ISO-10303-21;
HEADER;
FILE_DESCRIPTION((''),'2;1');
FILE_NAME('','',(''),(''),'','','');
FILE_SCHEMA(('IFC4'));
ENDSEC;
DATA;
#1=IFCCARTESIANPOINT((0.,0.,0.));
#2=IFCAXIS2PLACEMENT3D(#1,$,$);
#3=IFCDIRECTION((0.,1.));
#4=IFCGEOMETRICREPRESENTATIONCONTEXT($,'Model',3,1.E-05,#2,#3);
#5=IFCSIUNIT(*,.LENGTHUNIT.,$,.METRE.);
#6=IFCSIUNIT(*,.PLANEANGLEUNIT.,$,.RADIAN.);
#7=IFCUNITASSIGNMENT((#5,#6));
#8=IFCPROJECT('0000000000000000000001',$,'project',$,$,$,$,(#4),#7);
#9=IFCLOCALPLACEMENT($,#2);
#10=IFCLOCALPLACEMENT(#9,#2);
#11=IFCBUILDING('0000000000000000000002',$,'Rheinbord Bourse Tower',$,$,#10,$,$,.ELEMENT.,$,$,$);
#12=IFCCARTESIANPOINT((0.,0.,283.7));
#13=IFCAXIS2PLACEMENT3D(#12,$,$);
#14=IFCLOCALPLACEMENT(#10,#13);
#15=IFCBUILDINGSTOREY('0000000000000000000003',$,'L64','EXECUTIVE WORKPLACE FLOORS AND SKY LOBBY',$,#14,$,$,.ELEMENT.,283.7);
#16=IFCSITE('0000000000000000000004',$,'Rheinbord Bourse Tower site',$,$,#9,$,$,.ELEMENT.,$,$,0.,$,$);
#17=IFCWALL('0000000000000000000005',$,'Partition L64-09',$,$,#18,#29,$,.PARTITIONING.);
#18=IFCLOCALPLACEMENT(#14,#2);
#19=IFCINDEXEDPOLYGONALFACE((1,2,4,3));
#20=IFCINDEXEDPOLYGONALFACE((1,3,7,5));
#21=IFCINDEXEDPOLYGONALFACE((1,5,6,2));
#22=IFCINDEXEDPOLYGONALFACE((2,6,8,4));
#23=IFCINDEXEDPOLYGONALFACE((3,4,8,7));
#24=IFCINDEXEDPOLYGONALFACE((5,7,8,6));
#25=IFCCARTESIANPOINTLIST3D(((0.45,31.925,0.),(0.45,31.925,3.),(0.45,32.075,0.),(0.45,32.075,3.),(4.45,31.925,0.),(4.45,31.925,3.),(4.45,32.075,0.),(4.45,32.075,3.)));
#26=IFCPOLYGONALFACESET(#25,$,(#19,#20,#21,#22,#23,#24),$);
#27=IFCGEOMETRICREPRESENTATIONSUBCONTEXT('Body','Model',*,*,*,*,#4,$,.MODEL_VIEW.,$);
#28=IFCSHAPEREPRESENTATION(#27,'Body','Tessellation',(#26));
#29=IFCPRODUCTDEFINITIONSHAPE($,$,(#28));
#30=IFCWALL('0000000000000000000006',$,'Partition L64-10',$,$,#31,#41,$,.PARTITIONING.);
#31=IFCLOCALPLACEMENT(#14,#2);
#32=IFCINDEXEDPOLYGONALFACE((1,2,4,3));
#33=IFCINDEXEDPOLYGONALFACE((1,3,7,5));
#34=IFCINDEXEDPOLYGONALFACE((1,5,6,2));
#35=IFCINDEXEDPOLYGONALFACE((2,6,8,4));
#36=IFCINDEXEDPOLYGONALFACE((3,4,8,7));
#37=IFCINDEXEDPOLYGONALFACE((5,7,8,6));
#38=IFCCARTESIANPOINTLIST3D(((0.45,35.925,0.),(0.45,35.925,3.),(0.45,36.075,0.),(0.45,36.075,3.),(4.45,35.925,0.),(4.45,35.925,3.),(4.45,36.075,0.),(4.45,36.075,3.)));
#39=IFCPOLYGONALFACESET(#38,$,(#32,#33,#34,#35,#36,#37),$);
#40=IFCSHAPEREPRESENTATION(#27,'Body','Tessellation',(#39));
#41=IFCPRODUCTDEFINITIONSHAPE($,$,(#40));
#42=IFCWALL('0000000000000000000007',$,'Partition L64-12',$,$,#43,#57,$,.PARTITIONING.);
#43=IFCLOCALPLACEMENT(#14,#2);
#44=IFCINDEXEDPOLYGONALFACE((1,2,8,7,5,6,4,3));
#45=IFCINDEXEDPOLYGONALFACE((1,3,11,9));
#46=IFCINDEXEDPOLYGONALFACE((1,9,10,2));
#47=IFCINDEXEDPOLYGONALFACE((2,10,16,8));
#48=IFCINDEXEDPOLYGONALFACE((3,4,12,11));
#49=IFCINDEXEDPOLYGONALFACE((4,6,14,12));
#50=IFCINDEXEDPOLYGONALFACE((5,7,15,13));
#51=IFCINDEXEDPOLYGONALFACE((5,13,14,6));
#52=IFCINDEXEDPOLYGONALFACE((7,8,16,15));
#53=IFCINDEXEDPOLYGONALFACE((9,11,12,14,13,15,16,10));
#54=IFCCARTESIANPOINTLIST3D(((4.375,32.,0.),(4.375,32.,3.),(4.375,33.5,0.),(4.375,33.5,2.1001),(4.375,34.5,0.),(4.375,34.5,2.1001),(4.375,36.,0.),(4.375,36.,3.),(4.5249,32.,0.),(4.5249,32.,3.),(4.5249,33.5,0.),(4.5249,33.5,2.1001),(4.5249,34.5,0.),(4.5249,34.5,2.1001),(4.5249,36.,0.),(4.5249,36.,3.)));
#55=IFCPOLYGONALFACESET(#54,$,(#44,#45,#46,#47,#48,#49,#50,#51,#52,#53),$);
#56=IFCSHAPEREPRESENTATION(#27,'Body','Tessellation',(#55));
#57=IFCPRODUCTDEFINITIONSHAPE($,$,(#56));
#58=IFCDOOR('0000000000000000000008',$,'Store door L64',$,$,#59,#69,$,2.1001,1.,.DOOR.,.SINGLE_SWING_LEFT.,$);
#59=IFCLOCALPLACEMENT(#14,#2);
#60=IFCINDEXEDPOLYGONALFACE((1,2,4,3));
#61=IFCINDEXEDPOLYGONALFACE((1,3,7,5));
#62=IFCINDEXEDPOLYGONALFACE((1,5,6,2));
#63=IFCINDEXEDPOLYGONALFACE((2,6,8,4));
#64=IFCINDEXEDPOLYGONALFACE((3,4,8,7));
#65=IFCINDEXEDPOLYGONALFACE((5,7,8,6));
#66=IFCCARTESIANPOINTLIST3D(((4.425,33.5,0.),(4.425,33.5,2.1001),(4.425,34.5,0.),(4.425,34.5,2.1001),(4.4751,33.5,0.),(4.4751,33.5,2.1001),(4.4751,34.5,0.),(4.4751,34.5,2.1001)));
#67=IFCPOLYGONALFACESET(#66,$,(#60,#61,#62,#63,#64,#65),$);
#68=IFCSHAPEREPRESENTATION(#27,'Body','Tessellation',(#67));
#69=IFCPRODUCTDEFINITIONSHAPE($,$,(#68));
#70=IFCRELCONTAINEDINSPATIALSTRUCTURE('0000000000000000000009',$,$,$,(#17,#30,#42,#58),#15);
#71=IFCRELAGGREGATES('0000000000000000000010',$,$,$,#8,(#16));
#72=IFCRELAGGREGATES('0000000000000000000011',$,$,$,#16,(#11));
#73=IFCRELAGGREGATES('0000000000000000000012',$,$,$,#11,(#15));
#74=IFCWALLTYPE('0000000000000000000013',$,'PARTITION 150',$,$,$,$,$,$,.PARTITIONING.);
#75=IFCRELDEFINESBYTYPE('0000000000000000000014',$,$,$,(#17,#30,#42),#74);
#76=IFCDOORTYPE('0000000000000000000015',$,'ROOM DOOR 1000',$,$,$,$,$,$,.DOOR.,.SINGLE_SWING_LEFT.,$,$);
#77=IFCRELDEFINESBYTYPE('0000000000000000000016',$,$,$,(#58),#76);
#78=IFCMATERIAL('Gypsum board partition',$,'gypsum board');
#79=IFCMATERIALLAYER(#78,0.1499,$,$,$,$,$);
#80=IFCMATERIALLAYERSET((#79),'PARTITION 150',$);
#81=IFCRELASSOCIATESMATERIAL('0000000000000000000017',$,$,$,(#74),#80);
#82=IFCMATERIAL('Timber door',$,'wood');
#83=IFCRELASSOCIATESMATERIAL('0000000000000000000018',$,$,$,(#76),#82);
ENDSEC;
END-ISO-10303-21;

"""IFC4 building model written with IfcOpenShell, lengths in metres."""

from ifc_helpers import new_model, si_unit, direction, frame, frame_2d, origin, place, context, subcontext, project, spatial, rectangle, extrude, material, layer, layer_set, type_object, element, fill, save


model = new_model("IFC4")

# Units and contexts
model_context = context("Model", 3, precision=1e-05, world=origin(), true_north=direction((0.0, 1.0)))
body_context = subcontext(model_context, "Body", "Model", "MODEL_VIEW")
ifc_project = project(units=[si_unit("LENGTHUNIT", "METRE"), si_unit("PLANEANGLEUNIT", "RADIAN")], contexts=[model_context])

# Site, building, storey
site_placement = place(None, origin())
site = spatial("IfcSite", under=ifc_project, at=site_placement, Name="Rheinbord Bourse Tower site", CompositionType="ELEMENT", RefElevation=0.0)
building_placement = place(site_placement, origin())
building = spatial("IfcBuilding", under=site, at=building_placement, Name="Rheinbord Bourse Tower", CompositionType="ELEMENT")
storey_placement = place(building_placement, frame((0.0, 0.0, 283.7)))
storey = spatial("IfcBuildingStorey", under=building, at=storey_placement, Name="L64", Description="EXECUTIVE WORKPLACE FLOORS AND SKY LOBBY", CompositionType="ELEMENT", Elevation=283.7)

# Walls
ifc_material_1 = material(Name="Gypsum board partition", Category="gypsum board")
ifc_layer_1 = layer(ifc_material_1, 0.1499)
ifc_layer_set_1 = layer_set([ifc_layer_1], Name="PARTITION 150")
wall_type = type_object("IfcWallType", Name="PARTITION 150", PredefinedType="PARTITIONING", material=ifc_layer_set_1)
for number, where, z_axis, x_axis, name in (
    (1, (0.45, 32.0, 0.0), (0.0, 0.0, 1.0), (1.0, 0.0, 0.0), "Partition L64-09"),
    (2, (0.45, 36.0, 0.0), (0.0, 0.0, 1.0), (1.0, 0.0, 0.0), "Partition L64-10"),
):
    element("IfcWall", number, at=place(storey_placement, frame(where, z_axis=z_axis, x_axis=x_axis)), inside=storey, type_object=wall_type, Name=name, PredefinedType="PARTITIONING", context=body_context, shape_type="SweptSolid", body=[
        extrude(rectangle(XDim=4.0, YDim=0.1499, at=frame_2d((2.0, 0.0))), origin(), (0.0, 0.0, 1.0), 3.0),
    ])

# Wall, opening, door
wall_placement = place(storey_placement, frame((4.45, 32.0, 0.0), z_axis=(0.0, 0.0, 1.0), x_axis=(0.0, 1.0, 0.0)))
wall = element("IfcWall", 3, at=wall_placement, inside=storey, type_object=wall_type, Name="Partition L64-12", PredefinedType="PARTITIONING", context=body_context, shape_type="SweptSolid", body=[
    extrude(rectangle(XDim=4.0, YDim=0.1499, at=frame_2d((2.0, 0.0))), origin(), (0.0, 0.0, 1.0), 3.0),
])
opening_placement = place(wall_placement, frame((1.5, 0.0, 0.0)))
opening = element("IfcOpeningElement", 4, at=opening_placement, cuts=wall, PredefinedType="OPENING", context=body_context, shape_type="SweptSolid", body=[
    extrude(rectangle(XDim=1.0, YDim=2.1001, at=frame_2d((0.5, 1.05))), frame((0.0, 0.085, 0.0), z_axis=(0.0, -1.0, 0.0), x_axis=(1.0, 0.0, 0.0)), (0.0, 0.0, 1.0), 0.1699),
])
ifc_material_2 = material(Name="Timber door", Category="wood")
door_type = type_object("IfcDoorType", Name="ROOM DOOR 1000", OperationType="SINGLE_SWING_LEFT", PredefinedType="DOOR", material=ifc_material_2)
door_placement = place(opening_placement, origin())
door = element("IfcDoor", 5, at=door_placement, inside=storey, type_object=door_type, Name="Store door L64", OperationType="SINGLE_SWING_LEFT", OverallHeight=2.1001, OverallWidth=1.0, PredefinedType="DOOR", context=body_context, shape_type="SweptSolid", body=[
    extrude(rectangle(XDim=1.0, YDim=2.1001, at=frame_2d((0.5, 1.05))), frame((0.0, 0.0249, 0.0), z_axis=(0.0, -1.0, 0.0), x_axis=(1.0, 0.0, 0.0)), (0.0, 0.0, 1.0), 0.05),
])
fill(opening, door)

save(model, "model.ifc")
